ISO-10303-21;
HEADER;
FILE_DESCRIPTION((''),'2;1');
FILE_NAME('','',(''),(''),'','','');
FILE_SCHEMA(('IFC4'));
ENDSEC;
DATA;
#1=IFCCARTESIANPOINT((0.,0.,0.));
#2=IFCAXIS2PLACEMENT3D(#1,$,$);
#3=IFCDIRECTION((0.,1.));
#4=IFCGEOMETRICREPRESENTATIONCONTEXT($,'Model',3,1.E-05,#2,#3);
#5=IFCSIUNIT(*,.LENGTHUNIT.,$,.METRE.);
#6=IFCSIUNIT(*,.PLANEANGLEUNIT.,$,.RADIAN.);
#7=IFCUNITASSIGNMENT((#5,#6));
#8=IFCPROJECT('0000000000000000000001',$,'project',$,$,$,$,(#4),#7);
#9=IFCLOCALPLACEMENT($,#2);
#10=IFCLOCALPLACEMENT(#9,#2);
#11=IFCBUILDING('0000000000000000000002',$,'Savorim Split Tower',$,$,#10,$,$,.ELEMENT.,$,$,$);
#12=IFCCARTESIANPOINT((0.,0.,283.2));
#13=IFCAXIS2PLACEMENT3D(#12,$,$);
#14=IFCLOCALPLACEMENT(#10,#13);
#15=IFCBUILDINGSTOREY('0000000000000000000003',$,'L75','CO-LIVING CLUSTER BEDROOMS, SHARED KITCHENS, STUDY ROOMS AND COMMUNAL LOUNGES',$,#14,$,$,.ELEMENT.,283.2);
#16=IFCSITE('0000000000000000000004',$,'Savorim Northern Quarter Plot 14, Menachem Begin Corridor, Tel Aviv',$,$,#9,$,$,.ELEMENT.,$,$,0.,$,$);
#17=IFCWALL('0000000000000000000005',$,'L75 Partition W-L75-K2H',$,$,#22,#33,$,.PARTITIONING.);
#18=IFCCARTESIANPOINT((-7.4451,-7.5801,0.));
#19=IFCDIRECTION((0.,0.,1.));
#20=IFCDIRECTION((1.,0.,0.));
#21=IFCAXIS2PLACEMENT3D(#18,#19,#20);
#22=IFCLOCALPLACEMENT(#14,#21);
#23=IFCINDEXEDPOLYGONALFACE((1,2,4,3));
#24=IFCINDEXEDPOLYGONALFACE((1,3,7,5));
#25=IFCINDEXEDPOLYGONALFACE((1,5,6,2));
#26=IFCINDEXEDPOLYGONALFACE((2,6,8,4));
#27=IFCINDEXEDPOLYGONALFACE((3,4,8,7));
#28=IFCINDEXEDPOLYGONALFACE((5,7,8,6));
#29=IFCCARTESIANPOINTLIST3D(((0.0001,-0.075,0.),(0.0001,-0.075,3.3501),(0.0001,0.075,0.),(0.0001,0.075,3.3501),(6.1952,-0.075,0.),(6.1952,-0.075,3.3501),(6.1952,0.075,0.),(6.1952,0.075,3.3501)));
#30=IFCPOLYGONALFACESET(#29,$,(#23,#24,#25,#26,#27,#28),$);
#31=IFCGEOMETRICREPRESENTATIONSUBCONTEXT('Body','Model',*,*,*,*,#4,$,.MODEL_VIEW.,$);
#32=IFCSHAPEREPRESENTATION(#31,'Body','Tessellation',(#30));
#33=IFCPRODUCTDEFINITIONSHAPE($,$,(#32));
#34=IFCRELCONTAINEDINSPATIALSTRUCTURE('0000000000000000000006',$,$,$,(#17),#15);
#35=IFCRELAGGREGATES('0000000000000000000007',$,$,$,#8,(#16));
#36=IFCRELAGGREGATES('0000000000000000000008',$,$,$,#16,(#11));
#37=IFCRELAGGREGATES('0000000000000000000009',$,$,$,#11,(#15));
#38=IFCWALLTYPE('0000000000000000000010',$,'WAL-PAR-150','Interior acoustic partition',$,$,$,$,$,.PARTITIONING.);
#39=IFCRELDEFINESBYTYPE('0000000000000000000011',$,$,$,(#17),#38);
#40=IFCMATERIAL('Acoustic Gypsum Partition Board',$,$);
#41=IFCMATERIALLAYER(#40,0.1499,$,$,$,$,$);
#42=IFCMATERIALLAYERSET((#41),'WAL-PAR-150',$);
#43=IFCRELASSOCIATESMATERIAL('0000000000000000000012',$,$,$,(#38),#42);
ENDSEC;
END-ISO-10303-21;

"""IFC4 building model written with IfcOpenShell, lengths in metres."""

from ifc_helpers import new_model, si_unit, direction, frame, frame_2d, origin, place, context, subcontext, project, spatial, rectangle, extrude, material, layer, layer_set, type_object, element, save


model = new_model("IFC4")

# Units and contexts
model_context = context("Model", 3, precision=1e-05, world=origin(), true_north=direction((0.0, 1.0)))
body_context = subcontext(model_context, "Body", "Model", "MODEL_VIEW")
ifc_project = project(units=[si_unit("LENGTHUNIT", "METRE"), si_unit("PLANEANGLEUNIT", "RADIAN")], contexts=[model_context])

# Site, building, storey
site_placement = place(None, origin())
site = spatial("IfcSite", under=ifc_project, at=site_placement, Name="Savorim Northern Quarter Plot 14, Menachem Begin Corridor, Tel Aviv", CompositionType="ELEMENT", RefElevation=0.0)
building_placement = place(site_placement, origin())
building = spatial("IfcBuilding", under=site, at=building_placement, Name="Savorim Split Tower", CompositionType="ELEMENT")
storey_placement = place(building_placement, frame((0.0, 0.0, 283.2)))
storey = spatial("IfcBuildingStorey", under=building, at=storey_placement, Name="L75", Description="CO-LIVING CLUSTER BEDROOMS, SHARED KITCHENS, STUDY ROOMS AND COMMUNAL LOUNGES", CompositionType="ELEMENT", Elevation=283.2)

# Shared definitions
ifc_material_1 = material(Name="Acoustic Gypsum Partition Board")
ifc_layer_1 = layer(ifc_material_1, 0.1499)
ifc_layer_set_1 = layer_set([ifc_layer_1], Name="WAL-PAR-150")
wall_type_1 = type_object("IfcWallType", Name="WAL-PAR-150", Description="Interior acoustic partition", PredefinedType="PARTITIONING", material=ifc_layer_set_1)

# Wall
wall_1_placement = place(storey_placement, frame((-7.4451, -7.5801, 0.0), z_axis=(0.0, 0.0, 1.0), x_axis=(1.0, 0.0, 0.0)))
element("IfcWall", 1, at=wall_1_placement, inside=storey, type_object=wall_type_1, Name="L75 Partition W-L75-K2H", PredefinedType="PARTITIONING", context=body_context, shape_type="SweptSolid", body=[
    extrude(rectangle(XDim=6.1951, YDim=0.1499, at=frame_2d((3.0977, 0.0))), origin(), (0.0, 0.0, 1.0), 3.3501),
])

save(model, "model.ifc")
